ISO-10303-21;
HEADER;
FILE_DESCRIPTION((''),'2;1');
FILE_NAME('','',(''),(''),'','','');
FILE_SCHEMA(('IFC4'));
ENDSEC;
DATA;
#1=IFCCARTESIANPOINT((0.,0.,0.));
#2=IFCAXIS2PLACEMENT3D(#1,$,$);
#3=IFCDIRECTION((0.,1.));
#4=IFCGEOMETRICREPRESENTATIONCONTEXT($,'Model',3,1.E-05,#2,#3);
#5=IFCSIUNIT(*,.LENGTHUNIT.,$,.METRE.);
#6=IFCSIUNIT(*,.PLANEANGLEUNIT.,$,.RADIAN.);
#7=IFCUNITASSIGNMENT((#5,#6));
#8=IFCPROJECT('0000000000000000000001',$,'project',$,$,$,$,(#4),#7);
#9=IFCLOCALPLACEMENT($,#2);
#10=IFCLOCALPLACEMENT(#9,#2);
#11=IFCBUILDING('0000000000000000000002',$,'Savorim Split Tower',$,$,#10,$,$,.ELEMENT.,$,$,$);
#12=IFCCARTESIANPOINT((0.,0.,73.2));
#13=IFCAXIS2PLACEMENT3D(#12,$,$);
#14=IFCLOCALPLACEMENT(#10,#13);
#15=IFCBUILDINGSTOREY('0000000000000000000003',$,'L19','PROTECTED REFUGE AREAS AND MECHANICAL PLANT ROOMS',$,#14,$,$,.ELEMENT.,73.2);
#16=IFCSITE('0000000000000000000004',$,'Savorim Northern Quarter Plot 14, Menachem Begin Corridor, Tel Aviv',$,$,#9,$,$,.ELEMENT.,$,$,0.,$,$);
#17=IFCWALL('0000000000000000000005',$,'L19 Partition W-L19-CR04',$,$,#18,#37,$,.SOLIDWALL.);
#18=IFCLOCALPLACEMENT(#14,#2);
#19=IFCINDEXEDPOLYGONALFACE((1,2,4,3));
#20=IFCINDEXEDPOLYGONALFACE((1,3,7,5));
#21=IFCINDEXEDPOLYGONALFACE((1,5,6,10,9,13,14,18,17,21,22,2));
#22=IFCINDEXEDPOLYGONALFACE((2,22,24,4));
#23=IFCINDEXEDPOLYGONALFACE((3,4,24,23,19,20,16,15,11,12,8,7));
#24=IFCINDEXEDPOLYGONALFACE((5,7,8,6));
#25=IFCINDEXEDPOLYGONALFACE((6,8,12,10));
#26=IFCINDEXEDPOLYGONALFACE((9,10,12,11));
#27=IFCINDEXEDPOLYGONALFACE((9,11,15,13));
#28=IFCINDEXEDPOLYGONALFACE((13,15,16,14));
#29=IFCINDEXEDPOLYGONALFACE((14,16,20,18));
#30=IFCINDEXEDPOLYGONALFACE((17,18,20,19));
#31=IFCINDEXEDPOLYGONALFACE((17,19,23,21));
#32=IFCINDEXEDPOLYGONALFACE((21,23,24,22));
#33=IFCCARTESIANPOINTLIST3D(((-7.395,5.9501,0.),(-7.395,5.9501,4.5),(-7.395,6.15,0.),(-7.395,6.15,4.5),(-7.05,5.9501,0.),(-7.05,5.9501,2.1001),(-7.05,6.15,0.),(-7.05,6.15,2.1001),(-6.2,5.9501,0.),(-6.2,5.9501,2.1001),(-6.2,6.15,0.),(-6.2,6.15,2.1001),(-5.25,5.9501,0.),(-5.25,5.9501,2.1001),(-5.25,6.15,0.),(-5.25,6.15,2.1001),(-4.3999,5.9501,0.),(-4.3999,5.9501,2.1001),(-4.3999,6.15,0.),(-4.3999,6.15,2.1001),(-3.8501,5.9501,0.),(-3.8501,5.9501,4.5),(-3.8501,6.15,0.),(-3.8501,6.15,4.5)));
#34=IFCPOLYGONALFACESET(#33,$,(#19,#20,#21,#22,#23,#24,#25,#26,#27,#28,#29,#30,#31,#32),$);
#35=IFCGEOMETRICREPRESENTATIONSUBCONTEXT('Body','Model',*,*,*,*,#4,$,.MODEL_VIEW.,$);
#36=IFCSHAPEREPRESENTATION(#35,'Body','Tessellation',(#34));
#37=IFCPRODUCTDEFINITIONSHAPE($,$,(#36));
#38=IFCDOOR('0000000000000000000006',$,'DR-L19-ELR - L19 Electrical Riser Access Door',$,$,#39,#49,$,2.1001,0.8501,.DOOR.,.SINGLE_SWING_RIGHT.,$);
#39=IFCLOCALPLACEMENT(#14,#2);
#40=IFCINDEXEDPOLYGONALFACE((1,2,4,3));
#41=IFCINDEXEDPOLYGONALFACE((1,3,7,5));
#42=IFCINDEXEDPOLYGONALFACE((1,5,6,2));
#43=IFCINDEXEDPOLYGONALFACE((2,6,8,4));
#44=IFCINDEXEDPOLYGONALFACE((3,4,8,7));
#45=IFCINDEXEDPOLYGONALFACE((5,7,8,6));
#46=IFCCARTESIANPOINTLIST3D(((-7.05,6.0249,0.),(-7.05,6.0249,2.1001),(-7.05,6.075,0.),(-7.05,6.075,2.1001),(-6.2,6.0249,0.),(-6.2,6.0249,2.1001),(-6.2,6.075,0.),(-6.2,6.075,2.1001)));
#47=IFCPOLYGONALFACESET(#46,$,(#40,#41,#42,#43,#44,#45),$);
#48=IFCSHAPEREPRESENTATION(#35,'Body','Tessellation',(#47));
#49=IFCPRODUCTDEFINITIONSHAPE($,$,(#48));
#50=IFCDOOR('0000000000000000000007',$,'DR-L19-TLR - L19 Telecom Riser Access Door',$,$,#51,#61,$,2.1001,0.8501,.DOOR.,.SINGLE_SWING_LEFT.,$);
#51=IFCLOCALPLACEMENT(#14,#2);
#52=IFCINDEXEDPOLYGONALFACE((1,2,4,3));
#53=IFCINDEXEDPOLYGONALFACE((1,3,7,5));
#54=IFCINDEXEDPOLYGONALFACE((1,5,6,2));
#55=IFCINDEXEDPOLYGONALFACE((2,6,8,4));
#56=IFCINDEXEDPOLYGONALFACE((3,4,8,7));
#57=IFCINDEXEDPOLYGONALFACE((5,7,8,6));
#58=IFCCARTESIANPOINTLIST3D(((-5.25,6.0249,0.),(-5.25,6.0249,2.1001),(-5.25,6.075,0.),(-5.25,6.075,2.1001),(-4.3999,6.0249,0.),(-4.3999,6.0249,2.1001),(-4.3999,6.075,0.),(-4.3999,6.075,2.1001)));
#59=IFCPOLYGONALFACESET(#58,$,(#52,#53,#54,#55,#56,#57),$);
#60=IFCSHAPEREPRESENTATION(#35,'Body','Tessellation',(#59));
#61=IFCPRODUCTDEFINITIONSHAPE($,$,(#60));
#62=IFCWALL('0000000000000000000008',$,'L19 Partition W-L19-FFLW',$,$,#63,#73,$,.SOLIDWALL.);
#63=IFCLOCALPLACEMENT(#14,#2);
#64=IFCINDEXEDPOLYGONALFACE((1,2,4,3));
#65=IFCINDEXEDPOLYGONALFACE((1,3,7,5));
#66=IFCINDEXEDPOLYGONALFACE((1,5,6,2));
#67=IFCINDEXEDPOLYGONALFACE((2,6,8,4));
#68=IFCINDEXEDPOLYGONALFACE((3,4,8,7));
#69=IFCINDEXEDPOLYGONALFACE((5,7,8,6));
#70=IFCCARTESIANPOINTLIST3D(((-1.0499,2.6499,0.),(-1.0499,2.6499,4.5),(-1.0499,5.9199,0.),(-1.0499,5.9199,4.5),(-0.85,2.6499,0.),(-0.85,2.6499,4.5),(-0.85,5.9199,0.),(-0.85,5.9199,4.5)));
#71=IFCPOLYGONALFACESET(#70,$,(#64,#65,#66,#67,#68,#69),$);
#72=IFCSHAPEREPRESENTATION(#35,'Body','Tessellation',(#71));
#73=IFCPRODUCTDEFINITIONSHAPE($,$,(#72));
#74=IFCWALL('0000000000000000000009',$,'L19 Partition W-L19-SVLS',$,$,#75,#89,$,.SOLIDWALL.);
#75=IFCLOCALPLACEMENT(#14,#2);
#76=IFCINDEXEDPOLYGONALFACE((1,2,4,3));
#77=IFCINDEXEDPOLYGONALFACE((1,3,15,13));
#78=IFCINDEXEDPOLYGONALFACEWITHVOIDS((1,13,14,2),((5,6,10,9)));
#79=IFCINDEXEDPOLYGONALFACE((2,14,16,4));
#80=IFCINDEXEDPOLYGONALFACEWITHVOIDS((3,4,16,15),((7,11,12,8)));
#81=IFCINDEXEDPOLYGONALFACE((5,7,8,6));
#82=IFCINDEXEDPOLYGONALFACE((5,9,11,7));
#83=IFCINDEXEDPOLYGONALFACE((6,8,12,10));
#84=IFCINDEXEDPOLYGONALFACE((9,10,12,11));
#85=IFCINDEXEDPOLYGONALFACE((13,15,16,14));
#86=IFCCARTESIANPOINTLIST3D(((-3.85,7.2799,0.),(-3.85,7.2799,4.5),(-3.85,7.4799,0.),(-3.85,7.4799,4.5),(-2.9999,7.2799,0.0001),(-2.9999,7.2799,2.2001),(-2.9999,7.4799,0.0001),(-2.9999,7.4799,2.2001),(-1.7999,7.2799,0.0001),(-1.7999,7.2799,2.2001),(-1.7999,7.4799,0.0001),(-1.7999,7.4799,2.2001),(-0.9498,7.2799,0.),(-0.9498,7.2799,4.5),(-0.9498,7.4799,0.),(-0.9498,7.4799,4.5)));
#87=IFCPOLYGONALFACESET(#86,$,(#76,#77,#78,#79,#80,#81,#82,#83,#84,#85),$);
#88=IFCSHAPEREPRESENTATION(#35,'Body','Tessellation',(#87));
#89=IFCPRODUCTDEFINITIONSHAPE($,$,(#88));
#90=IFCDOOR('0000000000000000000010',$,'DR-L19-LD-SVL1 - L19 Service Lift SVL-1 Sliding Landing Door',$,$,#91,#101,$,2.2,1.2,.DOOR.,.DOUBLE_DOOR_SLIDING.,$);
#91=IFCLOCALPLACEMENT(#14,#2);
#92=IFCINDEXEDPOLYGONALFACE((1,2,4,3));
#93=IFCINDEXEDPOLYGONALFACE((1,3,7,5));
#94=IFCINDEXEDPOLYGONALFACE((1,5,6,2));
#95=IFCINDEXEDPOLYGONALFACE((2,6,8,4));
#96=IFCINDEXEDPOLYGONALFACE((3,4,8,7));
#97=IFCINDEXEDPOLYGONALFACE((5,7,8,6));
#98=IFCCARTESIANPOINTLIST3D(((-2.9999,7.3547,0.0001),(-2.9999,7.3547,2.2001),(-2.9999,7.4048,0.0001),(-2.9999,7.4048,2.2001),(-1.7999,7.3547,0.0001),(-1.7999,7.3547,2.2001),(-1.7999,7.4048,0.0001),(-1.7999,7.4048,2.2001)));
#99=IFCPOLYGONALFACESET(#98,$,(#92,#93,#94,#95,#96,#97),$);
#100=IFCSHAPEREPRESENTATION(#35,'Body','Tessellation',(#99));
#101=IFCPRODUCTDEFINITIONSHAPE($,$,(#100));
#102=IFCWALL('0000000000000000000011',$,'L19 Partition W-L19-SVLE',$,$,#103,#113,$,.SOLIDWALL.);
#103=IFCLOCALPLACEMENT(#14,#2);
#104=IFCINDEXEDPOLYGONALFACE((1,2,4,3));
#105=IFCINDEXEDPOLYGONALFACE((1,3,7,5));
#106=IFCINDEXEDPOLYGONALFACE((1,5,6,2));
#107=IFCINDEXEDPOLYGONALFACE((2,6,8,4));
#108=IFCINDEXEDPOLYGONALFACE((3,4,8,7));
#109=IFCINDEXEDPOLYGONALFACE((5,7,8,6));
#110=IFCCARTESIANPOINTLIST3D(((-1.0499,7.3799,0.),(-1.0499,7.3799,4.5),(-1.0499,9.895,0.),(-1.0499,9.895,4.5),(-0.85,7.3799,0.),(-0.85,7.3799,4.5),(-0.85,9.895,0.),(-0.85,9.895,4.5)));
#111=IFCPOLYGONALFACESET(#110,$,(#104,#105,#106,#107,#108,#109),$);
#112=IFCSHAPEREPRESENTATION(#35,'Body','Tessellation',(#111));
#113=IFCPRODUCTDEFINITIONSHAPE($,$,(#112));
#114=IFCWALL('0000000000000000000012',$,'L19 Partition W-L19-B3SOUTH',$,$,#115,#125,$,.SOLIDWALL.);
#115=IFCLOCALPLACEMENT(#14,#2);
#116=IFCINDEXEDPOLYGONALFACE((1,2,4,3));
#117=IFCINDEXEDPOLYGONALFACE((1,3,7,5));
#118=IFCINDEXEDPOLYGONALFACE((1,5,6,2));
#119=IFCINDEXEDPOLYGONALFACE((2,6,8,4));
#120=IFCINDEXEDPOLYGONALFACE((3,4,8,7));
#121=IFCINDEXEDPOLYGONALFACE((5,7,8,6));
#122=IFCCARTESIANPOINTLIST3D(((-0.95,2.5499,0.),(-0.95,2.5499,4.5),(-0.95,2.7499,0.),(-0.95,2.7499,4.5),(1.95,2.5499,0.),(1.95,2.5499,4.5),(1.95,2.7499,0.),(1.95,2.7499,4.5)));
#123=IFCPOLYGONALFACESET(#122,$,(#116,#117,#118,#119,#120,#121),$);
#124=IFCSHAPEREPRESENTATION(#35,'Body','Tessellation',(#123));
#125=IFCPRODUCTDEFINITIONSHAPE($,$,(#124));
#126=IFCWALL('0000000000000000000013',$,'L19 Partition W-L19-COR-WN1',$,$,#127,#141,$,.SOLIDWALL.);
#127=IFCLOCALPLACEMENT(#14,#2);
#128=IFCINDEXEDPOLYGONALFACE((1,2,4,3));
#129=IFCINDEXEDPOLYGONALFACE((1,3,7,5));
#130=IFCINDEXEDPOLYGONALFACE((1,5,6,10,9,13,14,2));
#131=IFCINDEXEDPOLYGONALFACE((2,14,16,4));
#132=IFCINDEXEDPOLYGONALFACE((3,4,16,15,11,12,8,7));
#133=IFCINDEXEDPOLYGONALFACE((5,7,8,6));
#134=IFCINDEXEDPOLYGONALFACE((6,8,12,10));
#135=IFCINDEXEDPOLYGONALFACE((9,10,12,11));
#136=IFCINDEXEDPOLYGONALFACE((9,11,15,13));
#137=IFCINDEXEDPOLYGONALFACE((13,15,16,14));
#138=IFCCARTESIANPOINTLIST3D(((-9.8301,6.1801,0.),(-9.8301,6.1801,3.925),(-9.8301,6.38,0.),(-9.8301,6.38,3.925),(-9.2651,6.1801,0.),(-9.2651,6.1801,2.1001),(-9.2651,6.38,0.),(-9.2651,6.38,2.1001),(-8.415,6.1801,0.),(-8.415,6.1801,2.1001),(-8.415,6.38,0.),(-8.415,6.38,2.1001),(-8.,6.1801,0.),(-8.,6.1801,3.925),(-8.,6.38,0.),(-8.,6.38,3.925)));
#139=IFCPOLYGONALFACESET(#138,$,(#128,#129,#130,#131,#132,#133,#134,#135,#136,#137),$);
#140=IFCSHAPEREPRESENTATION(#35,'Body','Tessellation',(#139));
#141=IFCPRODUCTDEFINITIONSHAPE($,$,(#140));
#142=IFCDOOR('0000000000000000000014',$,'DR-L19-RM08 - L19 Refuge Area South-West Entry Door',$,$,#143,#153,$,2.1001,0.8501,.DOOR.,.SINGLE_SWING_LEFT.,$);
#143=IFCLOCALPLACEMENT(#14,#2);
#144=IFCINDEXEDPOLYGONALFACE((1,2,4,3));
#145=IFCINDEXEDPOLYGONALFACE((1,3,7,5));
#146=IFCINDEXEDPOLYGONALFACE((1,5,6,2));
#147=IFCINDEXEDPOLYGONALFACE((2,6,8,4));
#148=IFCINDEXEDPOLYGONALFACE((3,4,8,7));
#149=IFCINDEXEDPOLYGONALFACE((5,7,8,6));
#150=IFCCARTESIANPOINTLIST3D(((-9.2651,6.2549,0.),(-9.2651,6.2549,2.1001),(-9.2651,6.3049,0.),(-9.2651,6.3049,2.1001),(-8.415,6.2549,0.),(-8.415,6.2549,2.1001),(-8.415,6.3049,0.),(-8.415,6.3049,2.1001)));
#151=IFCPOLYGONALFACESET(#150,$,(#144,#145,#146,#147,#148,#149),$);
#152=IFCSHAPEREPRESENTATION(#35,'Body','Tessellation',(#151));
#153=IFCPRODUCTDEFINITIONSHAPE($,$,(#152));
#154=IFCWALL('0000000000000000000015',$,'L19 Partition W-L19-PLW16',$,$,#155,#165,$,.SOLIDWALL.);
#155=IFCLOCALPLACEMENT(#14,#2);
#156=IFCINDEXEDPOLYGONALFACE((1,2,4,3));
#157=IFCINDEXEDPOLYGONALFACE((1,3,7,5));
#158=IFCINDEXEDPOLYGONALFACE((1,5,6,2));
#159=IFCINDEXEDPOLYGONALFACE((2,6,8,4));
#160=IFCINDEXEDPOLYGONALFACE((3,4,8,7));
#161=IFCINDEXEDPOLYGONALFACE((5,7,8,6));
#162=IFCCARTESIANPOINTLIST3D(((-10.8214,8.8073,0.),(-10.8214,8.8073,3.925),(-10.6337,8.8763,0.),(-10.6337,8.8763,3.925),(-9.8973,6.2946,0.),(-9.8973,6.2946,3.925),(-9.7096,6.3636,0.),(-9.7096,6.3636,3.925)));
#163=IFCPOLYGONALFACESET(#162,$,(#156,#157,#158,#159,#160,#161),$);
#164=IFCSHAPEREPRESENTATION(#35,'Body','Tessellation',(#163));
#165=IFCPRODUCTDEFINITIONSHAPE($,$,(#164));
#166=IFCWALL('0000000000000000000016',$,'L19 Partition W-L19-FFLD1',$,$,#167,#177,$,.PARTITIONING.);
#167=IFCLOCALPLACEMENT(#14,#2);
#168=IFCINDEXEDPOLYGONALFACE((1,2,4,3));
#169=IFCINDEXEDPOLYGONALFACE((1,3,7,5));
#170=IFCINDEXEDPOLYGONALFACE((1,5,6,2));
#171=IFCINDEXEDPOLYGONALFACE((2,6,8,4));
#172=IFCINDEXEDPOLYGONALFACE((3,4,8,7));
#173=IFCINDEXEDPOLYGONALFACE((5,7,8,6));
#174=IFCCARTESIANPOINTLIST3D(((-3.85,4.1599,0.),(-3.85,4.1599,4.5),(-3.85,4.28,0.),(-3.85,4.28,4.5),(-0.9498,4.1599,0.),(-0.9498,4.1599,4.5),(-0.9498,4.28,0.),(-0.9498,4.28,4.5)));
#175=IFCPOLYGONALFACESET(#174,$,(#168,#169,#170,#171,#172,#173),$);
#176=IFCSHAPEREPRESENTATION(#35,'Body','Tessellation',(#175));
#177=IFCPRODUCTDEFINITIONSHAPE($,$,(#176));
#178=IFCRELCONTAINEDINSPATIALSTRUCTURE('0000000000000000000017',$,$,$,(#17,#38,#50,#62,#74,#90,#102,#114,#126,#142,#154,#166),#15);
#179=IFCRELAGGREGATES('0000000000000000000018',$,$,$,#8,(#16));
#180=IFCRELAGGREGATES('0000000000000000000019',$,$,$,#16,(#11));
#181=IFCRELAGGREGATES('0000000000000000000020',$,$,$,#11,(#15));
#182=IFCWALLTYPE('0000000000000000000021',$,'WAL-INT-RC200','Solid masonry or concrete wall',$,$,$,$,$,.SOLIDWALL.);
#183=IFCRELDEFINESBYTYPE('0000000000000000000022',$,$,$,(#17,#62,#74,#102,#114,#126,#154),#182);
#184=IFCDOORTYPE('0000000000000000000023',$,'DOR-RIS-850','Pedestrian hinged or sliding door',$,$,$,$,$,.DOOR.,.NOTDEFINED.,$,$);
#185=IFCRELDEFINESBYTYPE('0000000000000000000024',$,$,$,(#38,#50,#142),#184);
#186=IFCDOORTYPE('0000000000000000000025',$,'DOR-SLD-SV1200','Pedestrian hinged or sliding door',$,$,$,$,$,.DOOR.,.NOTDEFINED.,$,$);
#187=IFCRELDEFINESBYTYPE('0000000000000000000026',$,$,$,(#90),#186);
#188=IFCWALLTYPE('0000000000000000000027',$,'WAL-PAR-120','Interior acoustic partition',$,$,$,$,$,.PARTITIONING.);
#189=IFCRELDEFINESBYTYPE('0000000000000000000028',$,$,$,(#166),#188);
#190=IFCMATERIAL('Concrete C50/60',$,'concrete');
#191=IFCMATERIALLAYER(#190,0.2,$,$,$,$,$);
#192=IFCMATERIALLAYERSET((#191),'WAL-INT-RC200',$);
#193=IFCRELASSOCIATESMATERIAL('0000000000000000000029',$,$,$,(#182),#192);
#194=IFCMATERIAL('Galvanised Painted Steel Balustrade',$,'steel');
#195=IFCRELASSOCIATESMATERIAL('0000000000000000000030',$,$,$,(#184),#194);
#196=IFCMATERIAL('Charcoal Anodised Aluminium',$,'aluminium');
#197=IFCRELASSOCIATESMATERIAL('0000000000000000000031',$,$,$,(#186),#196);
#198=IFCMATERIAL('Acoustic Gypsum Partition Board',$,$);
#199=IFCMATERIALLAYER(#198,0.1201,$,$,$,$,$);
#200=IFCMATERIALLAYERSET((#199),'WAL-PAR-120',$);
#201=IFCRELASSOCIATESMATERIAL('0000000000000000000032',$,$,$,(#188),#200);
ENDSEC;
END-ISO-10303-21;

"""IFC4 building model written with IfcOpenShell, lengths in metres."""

from ifc_helpers import new_model, si_unit, direction, frame, frame_2d, origin, place, context, subcontext, project, spatial, rectangle, extrude, material, layer, layer_set, type_object, element, fill, save


model = new_model("IFC4")

# Units and contexts
model_context = context("Model", 3, precision=1e-05, world=origin(), true_north=direction((0.0, 1.0)))
body_context = subcontext(model_context, "Body", "Model", "MODEL_VIEW")
ifc_project = project(units=[si_unit("LENGTHUNIT", "METRE"), si_unit("PLANEANGLEUNIT", "RADIAN")], contexts=[model_context])

# Site, building, storey
site_placement = place(None, origin())
site = spatial("IfcSite", under=ifc_project, at=site_placement, Name="Savorim Northern Quarter Plot 14, Menachem Begin Corridor, Tel Aviv", CompositionType="ELEMENT", RefElevation=0.0)
building_placement = place(site_placement, origin())
building = spatial("IfcBuilding", under=site, at=building_placement, Name="Savorim Split Tower", CompositionType="ELEMENT")
storey_placement = place(building_placement, frame((0.0, 0.0, 73.2)))
storey = spatial("IfcBuildingStorey", under=building, at=storey_placement, Name="L19", Description="PROTECTED REFUGE AREAS AND MECHANICAL PLANT ROOMS", CompositionType="ELEMENT", Elevation=73.2)

# Shared definitions
ifc_material_1 = material(Name="Charcoal Anodised Aluminium", Category="aluminium")

# Wall, openings, doors
ifc_material_2 = material(Name="Concrete C50/60", Category="concrete")
ifc_layer_1 = layer(ifc_material_2, 0.2)
ifc_layer_set_1 = layer_set([ifc_layer_1], Name="WAL-INT-RC200")
wall_type_1 = type_object("IfcWallType", Name="WAL-INT-RC200", Description="Solid masonry or concrete wall", PredefinedType="SOLIDWALL", material=ifc_layer_set_1)
wall_1_placement = place(storey_placement, frame((-7.395, 6.05, 0.0), z_axis=(0.0, 0.0, 1.0), x_axis=(1.0, 0.0, 0.0)))
wall_1 = element("IfcWall", 1, at=wall_1_placement, inside=storey, type_object=wall_type_1, Name="L19 Partition W-L19-CR04", PredefinedType="SOLIDWALL", context=body_context, shape_type="SweptSolid", body=[
    extrude(rectangle(XDim=3.5449, YDim=0.2, at=frame_2d((1.7725, 0.0))), origin(), (0.0, 0.0, 1.0), 4.5),
])
opening_1_placement = place(wall_1_placement, frame((0.345, 0.0, 0.0)))
opening_1 = element("IfcOpeningElement", 2, at=opening_1_placement, cuts=wall_1, PredefinedType="OPENING", context=body_context, shape_type="SweptSolid", body=[
    extrude(rectangle(XDim=0.8501, YDim=2.1001, at=frame_2d((0.425, 1.05))), frame((0.0, 0.1099, 0.0), z_axis=(0.0, -1.0, 0.0), x_axis=(1.0, 0.0, 0.0)), (0.0, 0.0, 1.0), 0.22),
])
opening_2_placement = place(wall_1_placement, frame((2.145, 0.0, 0.0)))
opening_2 = element("IfcOpeningElement", 3, at=opening_2_placement, cuts=wall_1, PredefinedType="OPENING", context=body_context, shape_type="SweptSolid", body=[
    extrude(rectangle(XDim=0.8501, YDim=2.1001, at=frame_2d((0.425, 1.05))), frame((0.0, 0.1099, 0.0), z_axis=(0.0, -1.0, 0.0), x_axis=(1.0, 0.0, 0.0)), (0.0, 0.0, 1.0), 0.22),
])
ifc_material_3 = material(Name="Galvanised Painted Steel Balustrade", Category="steel")
door_type_1 = type_object("IfcDoorType", Name="DOR-RIS-850", Description="Pedestrian hinged or sliding door", OperationType="NOTDEFINED", PredefinedType="DOOR", material=ifc_material_3)
door_1_placement = place(opening_1_placement, origin())
door_1 = element("IfcDoor", 4, at=door_1_placement, inside=storey, type_object=door_type_1, Name="DR-L19-ELR - L19 Electrical Riser Access Door", OperationType="SINGLE_SWING_RIGHT", OverallHeight=2.1001, OverallWidth=0.8501, PredefinedType="DOOR", context=body_context, shape_type="SweptSolid", body=[
    extrude(rectangle(XDim=0.8501, YDim=2.1001, at=frame_2d((0.425, 1.05))), frame((0.0, 0.0249, 0.0), z_axis=(0.0, -1.0, 0.0), x_axis=(1.0, 0.0, 0.0)), (0.0, 0.0, 1.0), 0.05),
])
fill(opening_1, door_1)
door_2_placement = place(opening_2_placement, origin())
door_2 = element("IfcDoor", 5, at=door_2_placement, inside=storey, type_object=door_type_1, Name="DR-L19-TLR - L19 Telecom Riser Access Door", OperationType="SINGLE_SWING_LEFT", OverallHeight=2.1001, OverallWidth=0.8501, PredefinedType="DOOR", context=body_context, shape_type="SweptSolid", body=[
    extrude(rectangle(XDim=0.8501, YDim=2.1001, at=frame_2d((0.425, 1.05))), frame((0.0, 0.0249, 0.0), z_axis=(0.0, -1.0, 0.0), x_axis=(1.0, 0.0, 0.0)), (0.0, 0.0, 1.0), 0.05),
])
fill(opening_2, door_2)

# Wall
wall_2_placement = place(storey_placement, frame((-0.95, 2.6499, 0.0), z_axis=(0.0, 0.0, 1.0), x_axis=(0.0, 1.0, 0.0)))
element("IfcWall", 6, at=wall_2_placement, inside=storey, type_object=wall_type_1, Name="L19 Partition W-L19-FFLW", PredefinedType="SOLIDWALL", context=body_context, shape_type="SweptSolid", body=[
    extrude(rectangle(XDim=3.27, YDim=0.2, at=frame_2d((1.635, 0.0))), origin(), (0.0, 0.0, 1.0), 4.5),
])

# Wall, opening, door
wall_3_placement = place(storey_placement, frame((-3.8501, 7.3799, 0.0), z_axis=(0.0, 0.0, 1.0), x_axis=(1.0, 0.0, 0.0)))
wall_3 = element("IfcWall", 7, at=wall_3_placement, inside=storey, type_object=wall_type_1, Name="L19 Partition W-L19-SVLS", PredefinedType="SOLIDWALL", context=body_context, shape_type="SweptSolid", body=[
    extrude(rectangle(XDim=2.9001, YDim=0.2, at=frame_2d((1.4502, 0.0))), origin(), (0.0, 0.0, 1.0), 4.5),
])
opening_3_placement = place(wall_3_placement, frame((0.8501, 0.0, 0.0)))
opening_3 = element("IfcOpeningElement", 8, at=opening_3_placement, cuts=wall_3, PredefinedType="OPENING", context=body_context, shape_type="SweptSolid", body=[
    extrude(rectangle(XDim=1.2, YDim=2.2, at=frame_2d((0.6001, 1.1001))), frame((0.0, 0.1099, 0.0), z_axis=(0.0, -1.0, 0.0), x_axis=(1.0, 0.0, 0.0)), (0.0, 0.0, 1.0), 0.22),
])
door_type_2 = type_object("IfcDoorType", Name="DOR-SLD-SV1200", Description="Pedestrian hinged or sliding door", OperationType="NOTDEFINED", PredefinedType="DOOR", material=ifc_material_1)
door_3_placement = place(opening_3_placement, origin())
door_3 = element("IfcDoor", 9, at=door_3_placement, inside=storey, type_object=door_type_2, Name="DR-L19-LD-SVL1 - L19 Service Lift SVL-1 Sliding Landing Door", OperationType="DOUBLE_DOOR_SLIDING", OverallHeight=2.2, OverallWidth=1.2, PredefinedType="DOOR", context=body_context, shape_type="SweptSolid", body=[
    extrude(rectangle(XDim=1.2, YDim=2.2, at=frame_2d((0.6001, 1.1001))), frame((0.0, 0.0249, 0.0), z_axis=(0.0, -1.0, 0.0), x_axis=(1.0, 0.0, 0.0)), (0.0, 0.0, 1.0), 0.05),
])
fill(opening_3, door_3)

# Walls
wall_4_placement = place(storey_placement, frame((-0.95, 7.3799, 0.0), z_axis=(0.0, 0.0, 1.0), x_axis=(0.0, 1.0, 0.0)))
element("IfcWall", 10, at=wall_4_placement, inside=storey, type_object=wall_type_1, Name="L19 Partition W-L19-SVLE", PredefinedType="SOLIDWALL", context=body_context, shape_type="SweptSolid", body=[
    extrude(rectangle(XDim=2.5151, YDim=0.2, at=frame_2d((1.2576, 0.0))), origin(), (0.0, 0.0, 1.0), 4.5),
])
wall_5_placement = place(storey_placement, frame((-0.95, 2.6499, 0.0), z_axis=(0.0, 0.0, 1.0), x_axis=(1.0, 0.0, 0.0)))
element("IfcWall", 11, at=wall_5_placement, inside=storey, type_object=wall_type_1, Name="L19 Partition W-L19-B3SOUTH", PredefinedType="SOLIDWALL", context=body_context, shape_type="SweptSolid", body=[
    extrude(rectangle(XDim=2.8999, YDim=0.2, at=frame_2d((1.45, 0.0))), origin(), (0.0, 0.0, 1.0), 4.5),
])

# Wall, opening, door
wall_6_placement = place(storey_placement, frame((-9.8301, 6.28, 0.0), z_axis=(0.0, 0.0, 1.0), x_axis=(1.0, 0.0, 0.0)))
wall_6 = element("IfcWall", 12, at=wall_6_placement, inside=storey, type_object=wall_type_1, Name="L19 Partition W-L19-COR-WN1", PredefinedType="SOLIDWALL", context=body_context, shape_type="SweptSolid", body=[
    extrude(rectangle(XDim=1.8301, YDim=0.2, at=frame_2d((0.915, 0.0))), origin(), (0.0, 0.0, 1.0), 3.925),
])
opening_4_placement = place(wall_6_placement, frame((0.5649, 0.0, 0.0)))
opening_4 = element("IfcOpeningElement", 13, at=opening_4_placement, cuts=wall_6, PredefinedType="OPENING", context=body_context, shape_type="SweptSolid", body=[
    extrude(rectangle(XDim=0.8501, YDim=2.1001, at=frame_2d((0.425, 1.05))), frame((0.0, 0.1099, 0.0), z_axis=(0.0, -1.0, 0.0), x_axis=(1.0, 0.0, 0.0)), (0.0, 0.0, 1.0), 0.22),
])
door_4_placement = place(opening_4_placement, origin())
door_4 = element("IfcDoor", 14, at=door_4_placement, inside=storey, type_object=door_type_1, Name="DR-L19-RM08 - L19 Refuge Area South-West Entry Door", OperationType="SINGLE_SWING_LEFT", OverallHeight=2.1001, OverallWidth=0.8501, PredefinedType="DOOR", context=body_context, shape_type="SweptSolid", body=[
    extrude(rectangle(XDim=0.8501, YDim=2.1001, at=frame_2d((0.425, 1.05))), frame((0.0, 0.0249, 0.0), z_axis=(0.0, -1.0, 0.0), x_axis=(1.0, 0.0, 0.0)), (0.0, 0.0, 1.0), 0.05),
])
fill(opening_4, door_4)

# Walls
wall_7_placement = place(storey_placement, frame((-9.8035, 6.3291, 0.0), z_axis=(0.0, 0.0, 1.0), x_axis=(-0.34516, 0.938544, 0.0)))
element("IfcWall", 15, at=wall_7_placement, inside=storey, type_object=wall_type_1, Name="L19 Partition W-L19-PLW16", PredefinedType="SOLIDWALL", context=body_context, shape_type="SweptSolid", body=[
    extrude(rectangle(XDim=2.6772, YDim=0.2, at=frame_2d((1.3386, 0.0))), origin(), (0.0, 0.0, 1.0), 3.925),
])
ifc_material_4 = material(Name="Acoustic Gypsum Partition Board")
ifc_layer_2 = layer(ifc_material_4, 0.1201)
ifc_layer_set_2 = layer_set([ifc_layer_2], Name="WAL-PAR-120")
wall_type_2 = type_object("IfcWallType", Name="WAL-PAR-120", Description="Interior acoustic partition", PredefinedType="PARTITIONING", material=ifc_layer_set_2)
wall_8_placement = place(storey_placement, frame((-3.8501, 4.22, 0.0), z_axis=(0.0, 0.0, 1.0), x_axis=(1.0, 0.0, 0.0)))
element("IfcWall", 16, at=wall_8_placement, inside=storey, type_object=wall_type_2, Name="L19 Partition W-L19-FFLD1", PredefinedType="PARTITIONING", context=body_context, shape_type="SweptSolid", body=[
    extrude(rectangle(XDim=2.9001, YDim=0.1201, at=frame_2d((1.4502, 0.0))), origin(), (0.0, 0.0, 1.0), 4.5),
])

save(model, "model.ifc")
